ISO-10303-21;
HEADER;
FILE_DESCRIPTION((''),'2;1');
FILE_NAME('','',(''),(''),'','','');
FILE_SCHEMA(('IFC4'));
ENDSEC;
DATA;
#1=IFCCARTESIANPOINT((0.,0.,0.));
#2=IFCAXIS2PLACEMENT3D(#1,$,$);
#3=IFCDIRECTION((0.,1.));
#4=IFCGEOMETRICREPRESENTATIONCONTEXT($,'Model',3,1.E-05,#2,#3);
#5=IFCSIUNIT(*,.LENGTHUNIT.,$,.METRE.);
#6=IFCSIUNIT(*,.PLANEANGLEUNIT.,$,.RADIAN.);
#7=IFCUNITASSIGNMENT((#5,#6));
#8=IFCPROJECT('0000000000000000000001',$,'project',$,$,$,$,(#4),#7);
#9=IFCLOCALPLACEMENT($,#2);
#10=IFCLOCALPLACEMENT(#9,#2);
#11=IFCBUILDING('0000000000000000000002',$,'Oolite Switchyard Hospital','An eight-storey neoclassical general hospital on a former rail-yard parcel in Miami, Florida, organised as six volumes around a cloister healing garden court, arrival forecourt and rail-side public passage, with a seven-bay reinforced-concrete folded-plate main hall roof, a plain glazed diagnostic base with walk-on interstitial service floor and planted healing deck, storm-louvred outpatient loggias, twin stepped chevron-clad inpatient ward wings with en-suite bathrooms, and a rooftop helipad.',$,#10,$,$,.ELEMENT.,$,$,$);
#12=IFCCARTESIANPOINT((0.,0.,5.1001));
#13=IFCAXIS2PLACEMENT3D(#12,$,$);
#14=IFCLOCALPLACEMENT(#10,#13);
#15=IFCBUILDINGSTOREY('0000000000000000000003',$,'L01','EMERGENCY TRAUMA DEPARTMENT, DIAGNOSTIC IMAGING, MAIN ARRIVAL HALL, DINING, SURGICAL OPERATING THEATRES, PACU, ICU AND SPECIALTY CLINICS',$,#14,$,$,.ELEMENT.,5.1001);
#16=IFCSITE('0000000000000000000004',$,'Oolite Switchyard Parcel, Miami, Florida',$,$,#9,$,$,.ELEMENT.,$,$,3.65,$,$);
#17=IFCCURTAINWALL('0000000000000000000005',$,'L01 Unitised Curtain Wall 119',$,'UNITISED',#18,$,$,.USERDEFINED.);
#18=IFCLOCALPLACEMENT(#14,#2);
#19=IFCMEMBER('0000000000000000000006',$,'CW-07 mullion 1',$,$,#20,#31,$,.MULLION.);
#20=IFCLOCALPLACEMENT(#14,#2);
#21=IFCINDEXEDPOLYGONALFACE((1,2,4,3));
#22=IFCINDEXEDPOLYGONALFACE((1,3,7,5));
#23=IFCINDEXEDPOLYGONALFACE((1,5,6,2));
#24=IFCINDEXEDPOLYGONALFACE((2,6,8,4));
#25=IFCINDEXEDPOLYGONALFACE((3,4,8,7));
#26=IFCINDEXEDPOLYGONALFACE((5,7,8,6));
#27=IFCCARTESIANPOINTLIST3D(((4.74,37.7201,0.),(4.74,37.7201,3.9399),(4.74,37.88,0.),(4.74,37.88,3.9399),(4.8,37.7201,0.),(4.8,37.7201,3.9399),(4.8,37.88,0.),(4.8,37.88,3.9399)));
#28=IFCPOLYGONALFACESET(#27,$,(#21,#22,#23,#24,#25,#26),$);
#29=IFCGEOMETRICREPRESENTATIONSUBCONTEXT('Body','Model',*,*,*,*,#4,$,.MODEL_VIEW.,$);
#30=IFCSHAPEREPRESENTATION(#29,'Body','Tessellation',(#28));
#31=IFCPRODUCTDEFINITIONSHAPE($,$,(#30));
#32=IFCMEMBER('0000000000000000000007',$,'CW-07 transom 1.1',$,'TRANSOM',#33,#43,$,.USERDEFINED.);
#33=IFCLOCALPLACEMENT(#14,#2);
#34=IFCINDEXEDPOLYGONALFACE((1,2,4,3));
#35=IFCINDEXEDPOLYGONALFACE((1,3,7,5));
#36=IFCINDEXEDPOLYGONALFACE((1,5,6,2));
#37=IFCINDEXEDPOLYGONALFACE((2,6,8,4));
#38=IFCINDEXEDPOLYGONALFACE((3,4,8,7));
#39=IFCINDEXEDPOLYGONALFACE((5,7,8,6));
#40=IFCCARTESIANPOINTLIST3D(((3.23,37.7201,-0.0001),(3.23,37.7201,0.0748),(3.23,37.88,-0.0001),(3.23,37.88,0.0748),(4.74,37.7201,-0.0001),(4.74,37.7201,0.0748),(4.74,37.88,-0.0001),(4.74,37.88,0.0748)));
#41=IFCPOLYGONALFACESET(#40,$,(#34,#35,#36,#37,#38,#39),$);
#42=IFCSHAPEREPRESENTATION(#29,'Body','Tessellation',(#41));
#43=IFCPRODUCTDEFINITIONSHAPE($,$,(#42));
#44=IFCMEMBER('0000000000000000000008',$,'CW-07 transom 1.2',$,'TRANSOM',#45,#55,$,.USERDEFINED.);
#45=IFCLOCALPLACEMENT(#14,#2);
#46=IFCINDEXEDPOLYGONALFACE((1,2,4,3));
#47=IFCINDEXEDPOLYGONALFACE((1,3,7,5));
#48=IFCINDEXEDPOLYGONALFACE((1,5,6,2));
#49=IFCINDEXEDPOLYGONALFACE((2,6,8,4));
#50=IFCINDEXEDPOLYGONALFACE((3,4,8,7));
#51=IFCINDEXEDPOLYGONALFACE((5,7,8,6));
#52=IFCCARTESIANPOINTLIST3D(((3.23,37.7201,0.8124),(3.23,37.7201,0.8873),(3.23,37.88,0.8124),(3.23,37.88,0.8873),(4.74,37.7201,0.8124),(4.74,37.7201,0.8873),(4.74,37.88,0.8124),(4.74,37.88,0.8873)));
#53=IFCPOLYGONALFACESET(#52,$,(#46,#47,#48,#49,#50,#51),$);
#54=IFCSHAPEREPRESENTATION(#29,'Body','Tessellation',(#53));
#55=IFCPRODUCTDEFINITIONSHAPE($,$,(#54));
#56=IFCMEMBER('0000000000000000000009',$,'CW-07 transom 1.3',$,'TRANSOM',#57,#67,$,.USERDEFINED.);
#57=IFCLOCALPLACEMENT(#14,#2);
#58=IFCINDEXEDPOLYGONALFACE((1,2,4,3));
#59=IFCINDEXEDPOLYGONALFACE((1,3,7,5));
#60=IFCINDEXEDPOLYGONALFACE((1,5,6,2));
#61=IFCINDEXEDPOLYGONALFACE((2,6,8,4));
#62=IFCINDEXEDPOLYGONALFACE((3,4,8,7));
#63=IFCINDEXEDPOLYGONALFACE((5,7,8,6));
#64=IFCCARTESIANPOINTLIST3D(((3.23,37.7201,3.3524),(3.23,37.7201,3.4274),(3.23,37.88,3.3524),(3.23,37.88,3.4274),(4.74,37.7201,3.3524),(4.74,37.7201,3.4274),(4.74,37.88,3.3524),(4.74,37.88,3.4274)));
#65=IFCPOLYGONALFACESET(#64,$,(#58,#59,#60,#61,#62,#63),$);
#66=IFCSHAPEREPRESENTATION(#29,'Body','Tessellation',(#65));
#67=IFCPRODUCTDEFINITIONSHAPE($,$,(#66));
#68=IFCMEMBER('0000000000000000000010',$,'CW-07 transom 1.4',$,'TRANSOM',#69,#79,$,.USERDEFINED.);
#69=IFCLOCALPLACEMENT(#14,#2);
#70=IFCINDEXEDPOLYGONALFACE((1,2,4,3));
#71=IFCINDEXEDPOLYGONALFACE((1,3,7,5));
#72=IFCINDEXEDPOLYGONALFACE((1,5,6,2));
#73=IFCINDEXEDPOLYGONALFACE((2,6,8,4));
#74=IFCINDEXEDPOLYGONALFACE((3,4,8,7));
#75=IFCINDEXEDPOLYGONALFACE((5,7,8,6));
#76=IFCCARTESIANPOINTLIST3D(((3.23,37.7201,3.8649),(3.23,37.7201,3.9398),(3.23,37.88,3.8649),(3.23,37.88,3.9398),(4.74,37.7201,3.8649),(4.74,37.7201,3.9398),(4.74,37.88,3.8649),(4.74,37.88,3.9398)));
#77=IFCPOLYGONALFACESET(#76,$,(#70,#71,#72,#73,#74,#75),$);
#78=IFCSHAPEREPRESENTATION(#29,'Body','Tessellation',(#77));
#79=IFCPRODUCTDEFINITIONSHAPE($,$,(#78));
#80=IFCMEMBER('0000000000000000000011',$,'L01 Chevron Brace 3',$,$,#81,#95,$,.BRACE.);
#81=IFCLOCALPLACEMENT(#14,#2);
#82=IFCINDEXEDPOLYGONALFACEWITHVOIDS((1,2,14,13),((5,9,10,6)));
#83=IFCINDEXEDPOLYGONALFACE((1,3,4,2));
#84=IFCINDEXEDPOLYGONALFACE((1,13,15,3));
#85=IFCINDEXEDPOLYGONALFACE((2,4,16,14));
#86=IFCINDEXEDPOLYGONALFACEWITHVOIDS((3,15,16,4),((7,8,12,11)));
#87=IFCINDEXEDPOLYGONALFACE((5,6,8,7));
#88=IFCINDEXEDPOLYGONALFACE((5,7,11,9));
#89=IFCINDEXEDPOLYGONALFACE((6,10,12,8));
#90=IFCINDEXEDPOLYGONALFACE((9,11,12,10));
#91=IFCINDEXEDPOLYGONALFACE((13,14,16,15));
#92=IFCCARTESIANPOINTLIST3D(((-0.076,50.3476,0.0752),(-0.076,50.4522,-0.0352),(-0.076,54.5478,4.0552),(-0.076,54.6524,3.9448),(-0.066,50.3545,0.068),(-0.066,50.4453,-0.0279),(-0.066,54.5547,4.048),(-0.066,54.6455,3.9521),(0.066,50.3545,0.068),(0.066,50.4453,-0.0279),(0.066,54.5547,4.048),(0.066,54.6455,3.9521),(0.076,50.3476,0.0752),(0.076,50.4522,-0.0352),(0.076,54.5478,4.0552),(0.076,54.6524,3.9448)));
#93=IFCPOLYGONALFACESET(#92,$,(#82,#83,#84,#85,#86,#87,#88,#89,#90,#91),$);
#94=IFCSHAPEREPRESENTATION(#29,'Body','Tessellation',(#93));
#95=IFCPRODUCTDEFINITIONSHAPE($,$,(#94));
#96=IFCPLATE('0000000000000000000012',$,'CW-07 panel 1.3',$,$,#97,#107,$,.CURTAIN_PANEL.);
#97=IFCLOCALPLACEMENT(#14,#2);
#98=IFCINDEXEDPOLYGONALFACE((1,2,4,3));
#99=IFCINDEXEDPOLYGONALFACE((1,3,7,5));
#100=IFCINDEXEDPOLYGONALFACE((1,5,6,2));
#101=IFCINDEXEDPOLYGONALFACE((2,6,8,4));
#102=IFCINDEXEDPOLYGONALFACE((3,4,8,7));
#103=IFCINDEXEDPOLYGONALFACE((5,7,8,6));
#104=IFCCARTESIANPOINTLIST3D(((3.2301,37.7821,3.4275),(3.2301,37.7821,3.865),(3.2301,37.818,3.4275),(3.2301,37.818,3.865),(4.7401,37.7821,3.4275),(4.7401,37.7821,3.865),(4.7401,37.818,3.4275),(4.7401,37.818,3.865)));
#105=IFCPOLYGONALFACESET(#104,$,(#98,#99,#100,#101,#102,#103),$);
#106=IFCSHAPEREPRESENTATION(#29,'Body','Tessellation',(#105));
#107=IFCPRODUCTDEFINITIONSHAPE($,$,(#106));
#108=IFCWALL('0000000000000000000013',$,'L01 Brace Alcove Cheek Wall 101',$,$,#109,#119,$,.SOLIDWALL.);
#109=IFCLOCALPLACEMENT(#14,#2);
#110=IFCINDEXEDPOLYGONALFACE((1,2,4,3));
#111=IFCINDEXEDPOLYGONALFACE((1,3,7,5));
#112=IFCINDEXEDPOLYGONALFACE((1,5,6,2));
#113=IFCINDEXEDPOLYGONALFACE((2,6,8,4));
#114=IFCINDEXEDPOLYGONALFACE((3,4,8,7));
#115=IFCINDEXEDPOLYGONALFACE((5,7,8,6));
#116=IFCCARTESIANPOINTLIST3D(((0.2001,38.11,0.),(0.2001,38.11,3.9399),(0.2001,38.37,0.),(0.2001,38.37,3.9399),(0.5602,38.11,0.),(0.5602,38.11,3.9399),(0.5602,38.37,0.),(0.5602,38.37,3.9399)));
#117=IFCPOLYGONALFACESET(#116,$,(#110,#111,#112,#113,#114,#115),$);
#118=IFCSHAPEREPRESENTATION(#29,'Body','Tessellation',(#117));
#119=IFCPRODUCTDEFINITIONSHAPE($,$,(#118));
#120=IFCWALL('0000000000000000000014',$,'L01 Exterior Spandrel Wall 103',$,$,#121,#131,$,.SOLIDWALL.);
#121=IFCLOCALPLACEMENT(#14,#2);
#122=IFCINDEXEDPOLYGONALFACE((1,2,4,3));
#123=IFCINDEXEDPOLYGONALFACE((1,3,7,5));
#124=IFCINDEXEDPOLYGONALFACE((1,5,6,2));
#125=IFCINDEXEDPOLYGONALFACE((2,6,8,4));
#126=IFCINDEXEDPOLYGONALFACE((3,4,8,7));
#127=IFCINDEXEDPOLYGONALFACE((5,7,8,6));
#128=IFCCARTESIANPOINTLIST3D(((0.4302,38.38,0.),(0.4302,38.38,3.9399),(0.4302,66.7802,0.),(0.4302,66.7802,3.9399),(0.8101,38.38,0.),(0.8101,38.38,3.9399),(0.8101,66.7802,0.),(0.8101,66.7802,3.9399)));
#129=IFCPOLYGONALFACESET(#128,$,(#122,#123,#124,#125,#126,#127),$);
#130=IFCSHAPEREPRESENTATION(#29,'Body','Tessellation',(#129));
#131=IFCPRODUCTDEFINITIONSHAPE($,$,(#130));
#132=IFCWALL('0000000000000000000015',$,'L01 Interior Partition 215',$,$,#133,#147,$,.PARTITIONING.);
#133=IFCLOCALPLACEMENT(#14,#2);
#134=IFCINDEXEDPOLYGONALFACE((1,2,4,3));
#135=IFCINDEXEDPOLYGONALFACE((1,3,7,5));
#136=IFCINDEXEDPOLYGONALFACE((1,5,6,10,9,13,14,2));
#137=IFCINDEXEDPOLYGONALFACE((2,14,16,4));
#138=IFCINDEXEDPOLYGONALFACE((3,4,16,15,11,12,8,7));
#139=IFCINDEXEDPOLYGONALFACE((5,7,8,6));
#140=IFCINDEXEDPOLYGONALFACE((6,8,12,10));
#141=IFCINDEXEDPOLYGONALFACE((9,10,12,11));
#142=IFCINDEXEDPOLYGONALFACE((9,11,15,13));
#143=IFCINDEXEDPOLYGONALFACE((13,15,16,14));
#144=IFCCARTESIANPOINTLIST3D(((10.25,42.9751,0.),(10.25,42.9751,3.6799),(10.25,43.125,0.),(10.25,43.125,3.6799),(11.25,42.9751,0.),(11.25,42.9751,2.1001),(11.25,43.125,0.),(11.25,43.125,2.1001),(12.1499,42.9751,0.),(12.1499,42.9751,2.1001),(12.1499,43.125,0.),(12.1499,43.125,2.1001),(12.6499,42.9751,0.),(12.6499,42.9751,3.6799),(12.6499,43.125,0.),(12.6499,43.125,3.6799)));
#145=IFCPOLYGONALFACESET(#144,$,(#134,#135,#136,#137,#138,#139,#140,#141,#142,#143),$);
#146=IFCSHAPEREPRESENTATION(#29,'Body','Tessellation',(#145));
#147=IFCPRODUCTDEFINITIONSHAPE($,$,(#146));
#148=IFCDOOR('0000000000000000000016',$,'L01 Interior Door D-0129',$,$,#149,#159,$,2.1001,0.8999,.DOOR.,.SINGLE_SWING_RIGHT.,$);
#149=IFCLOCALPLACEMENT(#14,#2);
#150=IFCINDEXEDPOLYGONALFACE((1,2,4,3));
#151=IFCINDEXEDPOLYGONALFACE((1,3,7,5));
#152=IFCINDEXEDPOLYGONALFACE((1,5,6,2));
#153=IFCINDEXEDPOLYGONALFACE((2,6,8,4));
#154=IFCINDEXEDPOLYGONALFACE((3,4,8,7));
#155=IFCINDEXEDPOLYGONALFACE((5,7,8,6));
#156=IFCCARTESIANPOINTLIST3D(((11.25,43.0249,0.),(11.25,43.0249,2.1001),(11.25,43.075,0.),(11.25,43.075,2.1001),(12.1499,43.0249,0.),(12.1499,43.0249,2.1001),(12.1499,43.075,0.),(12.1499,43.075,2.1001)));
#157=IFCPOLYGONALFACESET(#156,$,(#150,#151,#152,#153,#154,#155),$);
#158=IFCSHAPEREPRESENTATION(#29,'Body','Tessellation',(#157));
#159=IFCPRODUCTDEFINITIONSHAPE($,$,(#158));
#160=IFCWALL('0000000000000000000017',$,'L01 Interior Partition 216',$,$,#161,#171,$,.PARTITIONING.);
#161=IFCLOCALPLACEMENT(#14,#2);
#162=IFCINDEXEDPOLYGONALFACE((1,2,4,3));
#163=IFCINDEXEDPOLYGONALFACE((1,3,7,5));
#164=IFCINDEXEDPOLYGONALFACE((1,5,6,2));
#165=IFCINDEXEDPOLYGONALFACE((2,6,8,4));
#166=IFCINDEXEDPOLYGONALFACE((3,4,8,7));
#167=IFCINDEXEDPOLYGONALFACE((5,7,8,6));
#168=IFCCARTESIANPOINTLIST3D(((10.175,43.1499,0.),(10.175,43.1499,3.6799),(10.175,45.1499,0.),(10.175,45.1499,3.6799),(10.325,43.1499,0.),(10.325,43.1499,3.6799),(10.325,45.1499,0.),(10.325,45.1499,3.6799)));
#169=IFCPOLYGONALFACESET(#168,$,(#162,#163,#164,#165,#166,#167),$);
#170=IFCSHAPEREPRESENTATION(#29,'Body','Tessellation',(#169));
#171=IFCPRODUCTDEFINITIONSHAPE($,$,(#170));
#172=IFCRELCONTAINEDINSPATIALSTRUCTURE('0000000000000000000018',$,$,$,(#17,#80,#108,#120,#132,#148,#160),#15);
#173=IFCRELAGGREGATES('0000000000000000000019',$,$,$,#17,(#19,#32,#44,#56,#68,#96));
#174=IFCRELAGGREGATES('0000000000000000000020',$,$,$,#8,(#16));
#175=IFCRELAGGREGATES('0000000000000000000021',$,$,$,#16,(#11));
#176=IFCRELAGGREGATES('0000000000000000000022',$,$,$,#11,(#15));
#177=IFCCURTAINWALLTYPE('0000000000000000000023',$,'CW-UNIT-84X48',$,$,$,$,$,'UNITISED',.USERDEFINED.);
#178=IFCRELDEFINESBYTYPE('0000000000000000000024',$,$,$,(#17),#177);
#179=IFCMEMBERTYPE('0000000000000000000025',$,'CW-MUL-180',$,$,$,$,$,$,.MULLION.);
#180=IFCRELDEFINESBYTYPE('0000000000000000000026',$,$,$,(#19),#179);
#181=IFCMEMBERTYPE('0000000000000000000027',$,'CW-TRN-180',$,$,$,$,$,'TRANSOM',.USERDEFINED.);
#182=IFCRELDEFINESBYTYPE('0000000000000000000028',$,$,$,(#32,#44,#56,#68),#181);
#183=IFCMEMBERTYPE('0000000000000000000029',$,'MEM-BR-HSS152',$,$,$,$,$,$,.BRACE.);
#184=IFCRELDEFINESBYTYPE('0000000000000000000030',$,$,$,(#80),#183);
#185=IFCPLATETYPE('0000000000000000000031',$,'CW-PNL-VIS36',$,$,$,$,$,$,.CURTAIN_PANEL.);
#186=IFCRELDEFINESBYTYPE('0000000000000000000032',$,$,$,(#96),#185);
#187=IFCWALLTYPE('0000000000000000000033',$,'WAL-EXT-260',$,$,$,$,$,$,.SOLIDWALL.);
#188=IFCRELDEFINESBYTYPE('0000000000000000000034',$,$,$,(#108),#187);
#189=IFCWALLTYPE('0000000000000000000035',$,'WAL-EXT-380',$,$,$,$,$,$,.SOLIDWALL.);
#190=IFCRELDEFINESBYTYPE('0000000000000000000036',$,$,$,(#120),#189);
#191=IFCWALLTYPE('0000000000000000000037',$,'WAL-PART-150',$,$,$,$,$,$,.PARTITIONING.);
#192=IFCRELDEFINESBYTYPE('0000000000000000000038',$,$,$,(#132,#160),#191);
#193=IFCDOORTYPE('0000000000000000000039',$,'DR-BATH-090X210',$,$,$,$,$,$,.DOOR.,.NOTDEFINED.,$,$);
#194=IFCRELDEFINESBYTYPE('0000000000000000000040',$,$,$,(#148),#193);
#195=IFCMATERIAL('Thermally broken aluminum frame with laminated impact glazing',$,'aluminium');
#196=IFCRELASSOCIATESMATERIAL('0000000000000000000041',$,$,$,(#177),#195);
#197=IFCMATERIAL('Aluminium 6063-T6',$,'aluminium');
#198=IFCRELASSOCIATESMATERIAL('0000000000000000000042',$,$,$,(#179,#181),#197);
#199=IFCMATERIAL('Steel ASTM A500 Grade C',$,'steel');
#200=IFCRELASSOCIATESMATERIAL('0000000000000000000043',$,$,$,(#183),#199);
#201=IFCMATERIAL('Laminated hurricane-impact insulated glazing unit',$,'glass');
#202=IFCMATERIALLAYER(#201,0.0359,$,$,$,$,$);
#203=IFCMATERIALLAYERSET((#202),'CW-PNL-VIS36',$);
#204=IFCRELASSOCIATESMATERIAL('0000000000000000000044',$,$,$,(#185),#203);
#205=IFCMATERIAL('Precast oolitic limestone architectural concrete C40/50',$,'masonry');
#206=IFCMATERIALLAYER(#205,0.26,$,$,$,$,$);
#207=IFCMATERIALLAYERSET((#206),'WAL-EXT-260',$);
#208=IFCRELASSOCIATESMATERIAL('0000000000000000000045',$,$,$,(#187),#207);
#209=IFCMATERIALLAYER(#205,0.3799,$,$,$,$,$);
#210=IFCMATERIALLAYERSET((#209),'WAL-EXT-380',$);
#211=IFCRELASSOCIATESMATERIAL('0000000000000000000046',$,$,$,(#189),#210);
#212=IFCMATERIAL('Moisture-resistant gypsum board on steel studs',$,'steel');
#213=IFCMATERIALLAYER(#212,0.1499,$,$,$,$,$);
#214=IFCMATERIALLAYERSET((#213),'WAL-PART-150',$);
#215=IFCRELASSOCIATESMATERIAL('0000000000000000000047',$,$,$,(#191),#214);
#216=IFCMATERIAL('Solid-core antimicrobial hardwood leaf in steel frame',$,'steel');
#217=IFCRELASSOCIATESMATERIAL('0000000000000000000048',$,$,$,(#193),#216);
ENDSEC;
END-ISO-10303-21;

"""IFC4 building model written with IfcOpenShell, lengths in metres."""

from ifc_helpers import new_model, si_unit, direction, frame, frame_2d, origin, origin_2d, place, context, subcontext, project, spatial, rectangle, hollow_rectangle, extrude, material, layer, layer_set, material_profile, profile_set, type_object, element, fill, aggregate, save


model = new_model("IFC4")

# Units and contexts
model_context = context("Model", 3, precision=1e-05, world=origin(), true_north=direction((0.0, 1.0)))
body_context = subcontext(model_context, "Body", "Model", "MODEL_VIEW")
ifc_project = project(units=[si_unit("LENGTHUNIT", "METRE"), si_unit("PLANEANGLEUNIT", "RADIAN")], contexts=[model_context])

# Site, building, storey
site_placement = place(None, origin())
site = spatial("IfcSite", under=ifc_project, at=site_placement, Name="Oolite Switchyard Parcel, Miami, Florida", CompositionType="ELEMENT", RefElevation=3.65)
building_placement = place(site_placement, origin())
building = spatial("IfcBuilding", under=site, at=building_placement, Name="Oolite Switchyard Hospital", Description="An eight-storey neoclassical general hospital on a former rail-yard parcel in Miami, Florida, organised as six volumes around a cloister healing garden court, arrival forecourt and rail-side public passage, with a seven-bay reinforced-concrete folded-plate main hall roof, a plain glazed diagnostic base with walk-on interstitial service floor and planted healing deck, storm-louvred outpatient loggias, twin stepped chevron-clad inpatient ward wings with en-suite bathrooms, and a rooftop helipad.", CompositionType="ELEMENT")
storey_placement = place(building_placement, frame((0.0, 0.0, 5.1001)))
storey = spatial("IfcBuildingStorey", under=building, at=storey_placement, Name="L01", Description="EMERGENCY TRAUMA DEPARTMENT, DIAGNOSTIC IMAGING, MAIN ARRIVAL HALL, DINING, SURGICAL OPERATING THEATRES, PACU, ICU AND SPECIALTY CLINICS", CompositionType="ELEMENT", Elevation=5.1001)

# Curtain wall, members
ifc_material_1 = material(Name="Thermally broken aluminum frame with laminated impact glazing", Category="aluminium")
curtain_wall_type = type_object("IfcCurtainWallType", Name="CW-UNIT-84X48", ElementType="UNITISED", PredefinedType="USERDEFINED", material=ifc_material_1)
curtain_wall_placement = place(storey_placement, origin())
curtain_wall = element("IfcCurtainWall", 1, at=curtain_wall_placement, inside=storey, type_object=curtain_wall_type, Name="L01 Unitised Curtain Wall 119", ObjectType="UNITISED", PredefinedType="USERDEFINED")
ifc_material_2 = material(Name="Aluminium 6063-T6", Category="aluminium")
ifc_material_profile_1 = material_profile(ifc_material_2, rectangle(XDim=0.1599, YDim=0.0601, at=origin_2d()), Name="CWM60X160")
ifc_profile_set_1 = profile_set([ifc_material_profile_1], Name="Aluminium 6063-T6")
member_type_1 = type_object("IfcMemberType", Name="CW-MUL-180", PredefinedType="MULLION", material=ifc_profile_set_1)
member_1_placement = place(storey_placement, frame((4.77, 37.8, 0.0), z_axis=(0.0, 0.0, 1.0), x_axis=(0.0, -1.0, 0.0)))
member_1 = element("IfcMember", 2, at=member_1_placement, type_object=member_type_1, Name="CW-07 mullion 1", PredefinedType="MULLION", context=body_context, shape_type="SweptSolid", body=[
    extrude(rectangle(XDim=0.1599, YDim=0.0601, at=origin_2d()), origin(), (0.0, 0.0, 1.0), 3.9399),
])
ifc_material_profile_2 = material_profile(ifc_material_2, rectangle(XDim=0.1599, YDim=0.075, at=origin_2d()), Name="CWT75X160")
ifc_profile_set_2 = profile_set([ifc_material_profile_2], Name="Aluminium 6063-T6")
member_type_2 = type_object("IfcMemberType", Name="CW-TRN-180", ElementType="TRANSOM", PredefinedType="USERDEFINED", material=ifc_profile_set_2)
member_2_placement = place(storey_placement, frame((4.74, 37.8, 0.0374), z_axis=(-1.0, 0.0, 0.0), x_axis=(0.0, -1.0, 0.0)))
member_2 = element("IfcMember", 3, at=member_2_placement, type_object=member_type_2, Name="CW-07 transom 1.1", ObjectType="TRANSOM", PredefinedType="USERDEFINED", context=body_context, shape_type="SweptSolid", body=[
    extrude(rectangle(XDim=0.1599, YDim=0.075, at=origin_2d()), origin(), (0.0, 0.0, 1.0), 1.51),
])
member_3_placement = place(storey_placement, frame((4.74, 37.8, 0.8499), z_axis=(-1.0, 0.0, 0.0), x_axis=(0.0, -1.0, 0.0)))
member_3 = element("IfcMember", 4, at=member_3_placement, type_object=member_type_2, Name="CW-07 transom 1.2", ObjectType="TRANSOM", PredefinedType="USERDEFINED", context=body_context, shape_type="SweptSolid", body=[
    extrude(rectangle(XDim=0.1599, YDim=0.075, at=origin_2d()), origin(), (0.0, 0.0, 1.0), 1.51),
])
member_4_placement = place(storey_placement, frame((4.74, 37.8, 3.3899), z_axis=(-1.0, 0.0, 0.0), x_axis=(0.0, -1.0, 0.0)))
member_4 = element("IfcMember", 5, at=member_4_placement, type_object=member_type_2, Name="CW-07 transom 1.3", ObjectType="TRANSOM", PredefinedType="USERDEFINED", context=body_context, shape_type="SweptSolid", body=[
    extrude(rectangle(XDim=0.1599, YDim=0.075, at=origin_2d()), origin(), (0.0, 0.0, 1.0), 1.51),
])
member_5_placement = place(storey_placement, frame((4.74, 37.8, 3.9023), z_axis=(-1.0, 0.0, 0.0), x_axis=(0.0, -1.0, 0.0)))
member_5 = element("IfcMember", 6, at=member_5_placement, type_object=member_type_2, Name="CW-07 transom 1.4", ObjectType="TRANSOM", PredefinedType="USERDEFINED", context=body_context, shape_type="SweptSolid", body=[
    extrude(rectangle(XDim=0.1599, YDim=0.075, at=origin_2d()), origin(), (0.0, 0.0, 1.0), 1.51),
])

# Member
ifc_material_3 = material(Name="Steel ASTM A500 Grade C", Category="steel")
ifc_material_profile_3 = material_profile(ifc_material_3, hollow_rectangle(XDim=0.1521, YDim=0.1521, WallThickness=0.01, at=origin_2d()), Name="HSS152X152X10")
ifc_profile_set_3 = profile_set([ifc_material_profile_3], Name="Steel ASTM A500 Grade C")
member_type_3 = type_object("IfcMemberType", Name="MEM-BR-HSS152", PredefinedType="BRACE", material=ifc_profile_set_3)
member_6_placement = place(storey_placement, frame((0.0, 50.3999, 0.02), z_axis=(0.0, 0.72588, 0.687822), x_axis=(-1.0, 0.0, 0.0)))
element("IfcMember", 7, at=member_6_placement, inside=storey, type_object=member_type_3, Name="L01 Chevron Brace 3", PredefinedType="BRACE", context=body_context, shape_type="SweptSolid", body=[
    extrude(hollow_rectangle(XDim=0.1521, YDim=0.1521, WallThickness=0.01, at=origin_2d()), origin(), (0.0, 0.0, 1.0), 5.7864),
])

# Plate
ifc_material_4 = material(Name="Laminated hurricane-impact insulated glazing unit", Category="glass")
ifc_layer_1 = layer(ifc_material_4, 0.0359)
ifc_layer_set_1 = layer_set([ifc_layer_1], Name="CW-PNL-VIS36")
plate_type = type_object("IfcPlateType", Name="CW-PNL-VIS36", PredefinedType="CURTAIN_PANEL", material=ifc_layer_set_1)
plate_placement = place(storey_placement, frame((3.9851, 37.8, 3.4275), z_axis=(0.0, 0.0, 1.0), x_axis=(-1.0, 0.0, 0.0)))
plate = element("IfcPlate", 8, at=plate_placement, type_object=plate_type, Name="CW-07 panel 1.3", PredefinedType="CURTAIN_PANEL", context=body_context, shape_type="SweptSolid", body=[
    extrude(rectangle(XDim=1.51, YDim=0.0359, at=origin_2d()), origin(), (0.0, 0.0, 1.0), 0.4375),
])
aggregate(curtain_wall, [member_1, member_2, member_3, member_4, member_5, plate])

# Walls
ifc_material_5 = material(Name="Precast oolitic limestone architectural concrete C40/50", Category="masonry")
ifc_layer_2 = layer(ifc_material_5, 0.26)
ifc_layer_set_2 = layer_set([ifc_layer_2], Name="WAL-EXT-260")
wall_type_1 = type_object("IfcWallType", Name="WAL-EXT-260", PredefinedType="SOLIDWALL", material=ifc_layer_set_2)
wall_1_placement = place(storey_placement, frame((0.2, 38.24, 0.0), z_axis=(0.0, 0.0, 1.0), x_axis=(1.0, 0.0, 0.0)))
element("IfcWall", 9, at=wall_1_placement, inside=storey, type_object=wall_type_1, Name="L01 Brace Alcove Cheek Wall 101", PredefinedType="SOLIDWALL", context=body_context, shape_type="SweptSolid", body=[
    extrude(rectangle(XDim=0.3601, YDim=0.26, at=frame_2d((0.1802, 0.0))), origin(), (0.0, 0.0, 1.0), 3.9399),
])
ifc_layer_3 = layer(ifc_material_5, 0.3799)
ifc_layer_set_3 = layer_set([ifc_layer_3], Name="WAL-EXT-380")
wall_type_2 = type_object("IfcWallType", Name="WAL-EXT-380", PredefinedType="SOLIDWALL", material=ifc_layer_set_3)
wall_2_placement = place(storey_placement, frame((0.6201, 38.3799, 0.0), z_axis=(0.0, 0.0, 1.0), x_axis=(0.0, 1.0, 0.0)))
element("IfcWall", 10, at=wall_2_placement, inside=storey, type_object=wall_type_2, Name="L01 Exterior Spandrel Wall 103", PredefinedType="SOLIDWALL", context=body_context, shape_type="SweptSolid", body=[
    extrude(rectangle(XDim=28.4001, YDim=0.3799, at=frame_2d((14.2002, 0.0))), origin(), (0.0, 0.0, 1.0), 3.9399),
])

# Wall, opening, door
ifc_material_6 = material(Name="Moisture-resistant gypsum board on steel studs", Category="steel")
ifc_layer_4 = layer(ifc_material_6, 0.1499)
ifc_layer_set_4 = layer_set([ifc_layer_4], Name="WAL-PART-150")
wall_type_3 = type_object("IfcWallType", Name="WAL-PART-150", PredefinedType="PARTITIONING", material=ifc_layer_set_4)
wall_3_placement = place(storey_placement, frame((10.25, 43.05, 0.0), z_axis=(0.0, 0.0, 1.0), x_axis=(1.0, 0.0, 0.0)))
wall_3 = element("IfcWall", 11, at=wall_3_placement, inside=storey, type_object=wall_type_3, Name="L01 Interior Partition 215", PredefinedType="PARTITIONING", context=body_context, shape_type="SweptSolid", body=[
    extrude(rectangle(XDim=2.3999, YDim=0.1499, at=frame_2d((1.2, 0.0))), origin(), (0.0, 0.0, 1.0), 3.6799),
])
opening_1_placement = place(wall_3_placement, frame((1.0, 0.0, 0.0)))
opening_1 = element("IfcOpeningElement", 12, at=opening_1_placement, cuts=wall_3, PredefinedType="OPENING", context=body_context, shape_type="SweptSolid", body=[
    extrude(rectangle(XDim=0.8999, YDim=2.1001, at=frame_2d((0.45, 1.05))), frame((0.0, 0.085, 0.0), z_axis=(0.0, -1.0, 0.0), x_axis=(1.0, 0.0, 0.0)), (0.0, 0.0, 1.0), 0.1699),
])
ifc_material_7 = material(Name="Solid-core antimicrobial hardwood leaf in steel frame", Category="steel")
door_type_1 = type_object("IfcDoorType", Name="DR-BATH-090X210", OperationType="NOTDEFINED", PredefinedType="DOOR", material=ifc_material_7)
door_1_placement = place(opening_1_placement, origin())
door_1 = element("IfcDoor", 13, at=door_1_placement, inside=storey, type_object=door_type_1, Name="L01 Interior Door D-0129", OperationType="SINGLE_SWING_RIGHT", OverallHeight=2.1001, OverallWidth=0.8999, PredefinedType="DOOR", context=body_context, shape_type="SweptSolid", body=[
    extrude(rectangle(XDim=0.8999, YDim=2.1001, at=frame_2d((0.45, 1.05))), frame((0.0, 0.0249, 0.0), z_axis=(0.0, -1.0, 0.0), x_axis=(1.0, 0.0, 0.0)), (0.0, 0.0, 1.0), 0.05),
])
fill(opening_1, door_1)

# Wall
wall_4_placement = place(storey_placement, frame((10.25, 43.1499, 0.0), z_axis=(0.0, 0.0, 1.0), x_axis=(0.0, 1.0, 0.0)))
element("IfcWall", 14, at=wall_4_placement, inside=storey, type_object=wall_type_3, Name="L01 Interior Partition 216", PredefinedType="PARTITIONING", context=body_context, shape_type="SweptSolid", body=[
    extrude(rectangle(XDim=2.0, YDim=0.1499, at=frame_2d((1.0, 0.0))), origin(), (0.0, 0.0, 1.0), 3.6799),
])

save(model, "model.ifc")
